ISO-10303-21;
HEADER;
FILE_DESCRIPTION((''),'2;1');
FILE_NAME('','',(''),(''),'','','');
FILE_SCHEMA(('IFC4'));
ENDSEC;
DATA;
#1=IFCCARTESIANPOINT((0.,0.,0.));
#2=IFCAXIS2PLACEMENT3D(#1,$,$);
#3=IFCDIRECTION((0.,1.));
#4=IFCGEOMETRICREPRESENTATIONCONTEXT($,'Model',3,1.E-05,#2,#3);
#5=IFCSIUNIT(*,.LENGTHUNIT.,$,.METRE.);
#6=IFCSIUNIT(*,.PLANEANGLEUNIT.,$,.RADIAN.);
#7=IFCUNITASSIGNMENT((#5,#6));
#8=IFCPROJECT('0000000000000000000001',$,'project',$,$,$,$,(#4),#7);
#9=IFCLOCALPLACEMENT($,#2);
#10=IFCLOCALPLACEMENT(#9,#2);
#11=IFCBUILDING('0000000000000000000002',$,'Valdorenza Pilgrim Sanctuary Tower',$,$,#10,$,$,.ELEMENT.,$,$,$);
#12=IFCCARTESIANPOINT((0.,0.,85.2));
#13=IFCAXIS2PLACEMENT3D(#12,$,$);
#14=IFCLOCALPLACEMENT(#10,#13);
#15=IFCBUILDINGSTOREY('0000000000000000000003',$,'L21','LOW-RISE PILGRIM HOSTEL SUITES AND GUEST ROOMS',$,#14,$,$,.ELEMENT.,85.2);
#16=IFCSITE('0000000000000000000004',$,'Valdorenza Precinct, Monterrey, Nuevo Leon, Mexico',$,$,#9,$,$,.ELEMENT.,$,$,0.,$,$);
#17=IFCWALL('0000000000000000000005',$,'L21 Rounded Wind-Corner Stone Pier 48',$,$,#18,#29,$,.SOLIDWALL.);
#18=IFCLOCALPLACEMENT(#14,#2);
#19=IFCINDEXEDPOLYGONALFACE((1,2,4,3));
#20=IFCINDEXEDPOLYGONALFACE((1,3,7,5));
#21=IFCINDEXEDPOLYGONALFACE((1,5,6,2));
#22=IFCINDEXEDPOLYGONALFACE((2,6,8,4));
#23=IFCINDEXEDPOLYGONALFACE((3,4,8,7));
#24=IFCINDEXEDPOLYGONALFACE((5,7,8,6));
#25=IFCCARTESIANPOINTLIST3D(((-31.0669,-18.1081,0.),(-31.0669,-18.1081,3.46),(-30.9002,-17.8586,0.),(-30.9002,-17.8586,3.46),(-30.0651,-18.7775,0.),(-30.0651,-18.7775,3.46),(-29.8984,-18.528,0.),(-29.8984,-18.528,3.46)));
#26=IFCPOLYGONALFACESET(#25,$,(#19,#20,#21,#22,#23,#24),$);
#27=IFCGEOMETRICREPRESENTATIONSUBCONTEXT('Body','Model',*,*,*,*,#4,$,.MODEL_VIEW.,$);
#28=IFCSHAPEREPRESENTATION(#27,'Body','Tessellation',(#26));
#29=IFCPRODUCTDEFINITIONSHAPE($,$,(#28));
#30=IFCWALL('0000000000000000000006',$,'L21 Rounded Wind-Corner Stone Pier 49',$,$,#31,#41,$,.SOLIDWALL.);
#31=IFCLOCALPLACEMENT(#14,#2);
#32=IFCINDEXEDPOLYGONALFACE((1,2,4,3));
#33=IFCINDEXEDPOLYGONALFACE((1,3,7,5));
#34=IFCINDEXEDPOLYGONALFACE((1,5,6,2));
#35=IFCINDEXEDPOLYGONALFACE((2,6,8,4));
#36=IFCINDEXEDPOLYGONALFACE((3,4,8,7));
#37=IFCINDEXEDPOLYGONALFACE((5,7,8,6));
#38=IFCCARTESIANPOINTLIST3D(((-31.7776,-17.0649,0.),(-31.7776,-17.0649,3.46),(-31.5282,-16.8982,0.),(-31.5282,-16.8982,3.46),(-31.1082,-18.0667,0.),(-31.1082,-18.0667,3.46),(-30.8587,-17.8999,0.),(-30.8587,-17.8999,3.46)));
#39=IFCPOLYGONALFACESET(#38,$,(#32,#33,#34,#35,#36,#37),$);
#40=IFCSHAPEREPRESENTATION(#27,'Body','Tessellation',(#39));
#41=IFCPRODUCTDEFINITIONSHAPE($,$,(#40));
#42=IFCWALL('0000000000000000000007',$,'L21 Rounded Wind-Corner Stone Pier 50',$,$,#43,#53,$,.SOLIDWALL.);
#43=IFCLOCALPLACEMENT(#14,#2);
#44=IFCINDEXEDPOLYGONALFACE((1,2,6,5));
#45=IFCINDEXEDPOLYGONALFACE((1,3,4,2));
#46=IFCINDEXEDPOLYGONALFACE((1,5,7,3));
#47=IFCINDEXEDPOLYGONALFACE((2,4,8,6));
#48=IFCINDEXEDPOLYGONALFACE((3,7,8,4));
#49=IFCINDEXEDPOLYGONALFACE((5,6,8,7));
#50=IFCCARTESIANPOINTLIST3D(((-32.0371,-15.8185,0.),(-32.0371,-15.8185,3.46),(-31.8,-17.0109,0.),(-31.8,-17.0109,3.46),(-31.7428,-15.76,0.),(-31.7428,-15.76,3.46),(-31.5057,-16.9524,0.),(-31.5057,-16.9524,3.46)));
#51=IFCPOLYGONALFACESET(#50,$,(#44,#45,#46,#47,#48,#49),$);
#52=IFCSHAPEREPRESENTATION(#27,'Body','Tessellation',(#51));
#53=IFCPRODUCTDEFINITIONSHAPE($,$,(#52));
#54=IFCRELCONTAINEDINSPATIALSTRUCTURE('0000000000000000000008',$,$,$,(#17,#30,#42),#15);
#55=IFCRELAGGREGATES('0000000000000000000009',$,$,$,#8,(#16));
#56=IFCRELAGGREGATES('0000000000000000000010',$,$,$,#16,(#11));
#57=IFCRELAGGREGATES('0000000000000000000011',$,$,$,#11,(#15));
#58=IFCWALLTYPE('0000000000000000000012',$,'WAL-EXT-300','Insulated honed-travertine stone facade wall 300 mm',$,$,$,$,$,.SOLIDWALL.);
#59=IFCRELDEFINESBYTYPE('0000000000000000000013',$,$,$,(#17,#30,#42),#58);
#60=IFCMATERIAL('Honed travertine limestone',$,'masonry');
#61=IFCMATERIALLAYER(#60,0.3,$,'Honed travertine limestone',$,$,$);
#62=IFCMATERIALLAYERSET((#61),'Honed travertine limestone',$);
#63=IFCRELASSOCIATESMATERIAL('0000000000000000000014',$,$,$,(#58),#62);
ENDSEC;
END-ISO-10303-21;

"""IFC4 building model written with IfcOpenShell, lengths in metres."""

from ifc_helpers import new_model, si_unit, direction, frame, frame_2d, origin, place, context, subcontext, project, spatial, rectangle, extrude, material, layer, layer_set, type_object, element, save


model = new_model("IFC4")

# Units and contexts
model_context = context("Model", 3, precision=1e-05, world=origin(), true_north=direction((0.0, 1.0)))
body_context = subcontext(model_context, "Body", "Model", "MODEL_VIEW")
ifc_project = project(units=[si_unit("LENGTHUNIT", "METRE"), si_unit("PLANEANGLEUNIT", "RADIAN")], contexts=[model_context])

# Site, building, storey
site_placement = place(None, origin())
site = spatial("IfcSite", under=ifc_project, at=site_placement, Name="Valdorenza Precinct, Monterrey, Nuevo Leon, Mexico", CompositionType="ELEMENT", RefElevation=0.0)
building_placement = place(site_placement, origin())
building = spatial("IfcBuilding", under=site, at=building_placement, Name="Valdorenza Pilgrim Sanctuary Tower", CompositionType="ELEMENT")
storey_placement = place(building_placement, frame((0.0, 0.0, 85.2)))
storey = spatial("IfcBuildingStorey", under=building, at=storey_placement, Name="L21", Description="LOW-RISE PILGRIM HOSTEL SUITES AND GUEST ROOMS", CompositionType="ELEMENT", Elevation=85.2)

# Shared definitions
ifc_material_1 = material(Name="Honed travertine limestone", Category="masonry")

# Walls
ifc_layer_1 = layer(ifc_material_1, 0.3, Name="Honed travertine limestone")
ifc_layer_set_1 = layer_set([ifc_layer_1], Name="Honed travertine limestone")
wall_type_1 = type_object("IfcWallType", Name="WAL-EXT-300", Description="Insulated honed-travertine stone facade wall 300 mm", PredefinedType="SOLIDWALL", material=ifc_layer_set_1)
for number, where, z_axis, x_axis, name in (
    (1, (-29.9817, -18.6528, 0.0), (0.0, 0.0, 1.0), (-0.831426, 0.555635, 0.0), "L21 Rounded Wind-Corner Stone Pier 48"),
    (2, (-30.9834, -17.9834, 0.0), (0.0, 0.0, 1.0), (-0.555635, 0.831426, 0.0), "L21 Rounded Wind-Corner Stone Pier 49"),
):
    element("IfcWall", number, at=place(storey_placement, frame(where, z_axis=z_axis, x_axis=x_axis)), inside=storey, type_object=wall_type_1, Name=name, PredefinedType="SOLIDWALL", context=body_context, shape_type="SweptSolid", body=[
        extrude(rectangle(XDim=1.2048, YDim=0.3, at=frame_2d((0.6025, 0.0))), origin(), (0.0, 0.0, 1.0), 3.46),
    ])
wall_1_placement = place(storey_placement, frame((-31.6528, -16.9817, 0.0), z_axis=(0.0, 0.0, 1.0), x_axis=(-0.194996, 0.980804, 0.0)))
element("IfcWall", 3, at=wall_1_placement, inside=storey, type_object=wall_type_1, Name="L21 Rounded Wind-Corner Stone Pier 50", PredefinedType="SOLIDWALL", context=body_context, shape_type="SweptSolid", body=[
    extrude(rectangle(XDim=1.2158, YDim=0.3, at=frame_2d((0.6079, 0.0))), origin(), (0.0, 0.0, 1.0), 3.46),
])

save(model, "model.ifc")
